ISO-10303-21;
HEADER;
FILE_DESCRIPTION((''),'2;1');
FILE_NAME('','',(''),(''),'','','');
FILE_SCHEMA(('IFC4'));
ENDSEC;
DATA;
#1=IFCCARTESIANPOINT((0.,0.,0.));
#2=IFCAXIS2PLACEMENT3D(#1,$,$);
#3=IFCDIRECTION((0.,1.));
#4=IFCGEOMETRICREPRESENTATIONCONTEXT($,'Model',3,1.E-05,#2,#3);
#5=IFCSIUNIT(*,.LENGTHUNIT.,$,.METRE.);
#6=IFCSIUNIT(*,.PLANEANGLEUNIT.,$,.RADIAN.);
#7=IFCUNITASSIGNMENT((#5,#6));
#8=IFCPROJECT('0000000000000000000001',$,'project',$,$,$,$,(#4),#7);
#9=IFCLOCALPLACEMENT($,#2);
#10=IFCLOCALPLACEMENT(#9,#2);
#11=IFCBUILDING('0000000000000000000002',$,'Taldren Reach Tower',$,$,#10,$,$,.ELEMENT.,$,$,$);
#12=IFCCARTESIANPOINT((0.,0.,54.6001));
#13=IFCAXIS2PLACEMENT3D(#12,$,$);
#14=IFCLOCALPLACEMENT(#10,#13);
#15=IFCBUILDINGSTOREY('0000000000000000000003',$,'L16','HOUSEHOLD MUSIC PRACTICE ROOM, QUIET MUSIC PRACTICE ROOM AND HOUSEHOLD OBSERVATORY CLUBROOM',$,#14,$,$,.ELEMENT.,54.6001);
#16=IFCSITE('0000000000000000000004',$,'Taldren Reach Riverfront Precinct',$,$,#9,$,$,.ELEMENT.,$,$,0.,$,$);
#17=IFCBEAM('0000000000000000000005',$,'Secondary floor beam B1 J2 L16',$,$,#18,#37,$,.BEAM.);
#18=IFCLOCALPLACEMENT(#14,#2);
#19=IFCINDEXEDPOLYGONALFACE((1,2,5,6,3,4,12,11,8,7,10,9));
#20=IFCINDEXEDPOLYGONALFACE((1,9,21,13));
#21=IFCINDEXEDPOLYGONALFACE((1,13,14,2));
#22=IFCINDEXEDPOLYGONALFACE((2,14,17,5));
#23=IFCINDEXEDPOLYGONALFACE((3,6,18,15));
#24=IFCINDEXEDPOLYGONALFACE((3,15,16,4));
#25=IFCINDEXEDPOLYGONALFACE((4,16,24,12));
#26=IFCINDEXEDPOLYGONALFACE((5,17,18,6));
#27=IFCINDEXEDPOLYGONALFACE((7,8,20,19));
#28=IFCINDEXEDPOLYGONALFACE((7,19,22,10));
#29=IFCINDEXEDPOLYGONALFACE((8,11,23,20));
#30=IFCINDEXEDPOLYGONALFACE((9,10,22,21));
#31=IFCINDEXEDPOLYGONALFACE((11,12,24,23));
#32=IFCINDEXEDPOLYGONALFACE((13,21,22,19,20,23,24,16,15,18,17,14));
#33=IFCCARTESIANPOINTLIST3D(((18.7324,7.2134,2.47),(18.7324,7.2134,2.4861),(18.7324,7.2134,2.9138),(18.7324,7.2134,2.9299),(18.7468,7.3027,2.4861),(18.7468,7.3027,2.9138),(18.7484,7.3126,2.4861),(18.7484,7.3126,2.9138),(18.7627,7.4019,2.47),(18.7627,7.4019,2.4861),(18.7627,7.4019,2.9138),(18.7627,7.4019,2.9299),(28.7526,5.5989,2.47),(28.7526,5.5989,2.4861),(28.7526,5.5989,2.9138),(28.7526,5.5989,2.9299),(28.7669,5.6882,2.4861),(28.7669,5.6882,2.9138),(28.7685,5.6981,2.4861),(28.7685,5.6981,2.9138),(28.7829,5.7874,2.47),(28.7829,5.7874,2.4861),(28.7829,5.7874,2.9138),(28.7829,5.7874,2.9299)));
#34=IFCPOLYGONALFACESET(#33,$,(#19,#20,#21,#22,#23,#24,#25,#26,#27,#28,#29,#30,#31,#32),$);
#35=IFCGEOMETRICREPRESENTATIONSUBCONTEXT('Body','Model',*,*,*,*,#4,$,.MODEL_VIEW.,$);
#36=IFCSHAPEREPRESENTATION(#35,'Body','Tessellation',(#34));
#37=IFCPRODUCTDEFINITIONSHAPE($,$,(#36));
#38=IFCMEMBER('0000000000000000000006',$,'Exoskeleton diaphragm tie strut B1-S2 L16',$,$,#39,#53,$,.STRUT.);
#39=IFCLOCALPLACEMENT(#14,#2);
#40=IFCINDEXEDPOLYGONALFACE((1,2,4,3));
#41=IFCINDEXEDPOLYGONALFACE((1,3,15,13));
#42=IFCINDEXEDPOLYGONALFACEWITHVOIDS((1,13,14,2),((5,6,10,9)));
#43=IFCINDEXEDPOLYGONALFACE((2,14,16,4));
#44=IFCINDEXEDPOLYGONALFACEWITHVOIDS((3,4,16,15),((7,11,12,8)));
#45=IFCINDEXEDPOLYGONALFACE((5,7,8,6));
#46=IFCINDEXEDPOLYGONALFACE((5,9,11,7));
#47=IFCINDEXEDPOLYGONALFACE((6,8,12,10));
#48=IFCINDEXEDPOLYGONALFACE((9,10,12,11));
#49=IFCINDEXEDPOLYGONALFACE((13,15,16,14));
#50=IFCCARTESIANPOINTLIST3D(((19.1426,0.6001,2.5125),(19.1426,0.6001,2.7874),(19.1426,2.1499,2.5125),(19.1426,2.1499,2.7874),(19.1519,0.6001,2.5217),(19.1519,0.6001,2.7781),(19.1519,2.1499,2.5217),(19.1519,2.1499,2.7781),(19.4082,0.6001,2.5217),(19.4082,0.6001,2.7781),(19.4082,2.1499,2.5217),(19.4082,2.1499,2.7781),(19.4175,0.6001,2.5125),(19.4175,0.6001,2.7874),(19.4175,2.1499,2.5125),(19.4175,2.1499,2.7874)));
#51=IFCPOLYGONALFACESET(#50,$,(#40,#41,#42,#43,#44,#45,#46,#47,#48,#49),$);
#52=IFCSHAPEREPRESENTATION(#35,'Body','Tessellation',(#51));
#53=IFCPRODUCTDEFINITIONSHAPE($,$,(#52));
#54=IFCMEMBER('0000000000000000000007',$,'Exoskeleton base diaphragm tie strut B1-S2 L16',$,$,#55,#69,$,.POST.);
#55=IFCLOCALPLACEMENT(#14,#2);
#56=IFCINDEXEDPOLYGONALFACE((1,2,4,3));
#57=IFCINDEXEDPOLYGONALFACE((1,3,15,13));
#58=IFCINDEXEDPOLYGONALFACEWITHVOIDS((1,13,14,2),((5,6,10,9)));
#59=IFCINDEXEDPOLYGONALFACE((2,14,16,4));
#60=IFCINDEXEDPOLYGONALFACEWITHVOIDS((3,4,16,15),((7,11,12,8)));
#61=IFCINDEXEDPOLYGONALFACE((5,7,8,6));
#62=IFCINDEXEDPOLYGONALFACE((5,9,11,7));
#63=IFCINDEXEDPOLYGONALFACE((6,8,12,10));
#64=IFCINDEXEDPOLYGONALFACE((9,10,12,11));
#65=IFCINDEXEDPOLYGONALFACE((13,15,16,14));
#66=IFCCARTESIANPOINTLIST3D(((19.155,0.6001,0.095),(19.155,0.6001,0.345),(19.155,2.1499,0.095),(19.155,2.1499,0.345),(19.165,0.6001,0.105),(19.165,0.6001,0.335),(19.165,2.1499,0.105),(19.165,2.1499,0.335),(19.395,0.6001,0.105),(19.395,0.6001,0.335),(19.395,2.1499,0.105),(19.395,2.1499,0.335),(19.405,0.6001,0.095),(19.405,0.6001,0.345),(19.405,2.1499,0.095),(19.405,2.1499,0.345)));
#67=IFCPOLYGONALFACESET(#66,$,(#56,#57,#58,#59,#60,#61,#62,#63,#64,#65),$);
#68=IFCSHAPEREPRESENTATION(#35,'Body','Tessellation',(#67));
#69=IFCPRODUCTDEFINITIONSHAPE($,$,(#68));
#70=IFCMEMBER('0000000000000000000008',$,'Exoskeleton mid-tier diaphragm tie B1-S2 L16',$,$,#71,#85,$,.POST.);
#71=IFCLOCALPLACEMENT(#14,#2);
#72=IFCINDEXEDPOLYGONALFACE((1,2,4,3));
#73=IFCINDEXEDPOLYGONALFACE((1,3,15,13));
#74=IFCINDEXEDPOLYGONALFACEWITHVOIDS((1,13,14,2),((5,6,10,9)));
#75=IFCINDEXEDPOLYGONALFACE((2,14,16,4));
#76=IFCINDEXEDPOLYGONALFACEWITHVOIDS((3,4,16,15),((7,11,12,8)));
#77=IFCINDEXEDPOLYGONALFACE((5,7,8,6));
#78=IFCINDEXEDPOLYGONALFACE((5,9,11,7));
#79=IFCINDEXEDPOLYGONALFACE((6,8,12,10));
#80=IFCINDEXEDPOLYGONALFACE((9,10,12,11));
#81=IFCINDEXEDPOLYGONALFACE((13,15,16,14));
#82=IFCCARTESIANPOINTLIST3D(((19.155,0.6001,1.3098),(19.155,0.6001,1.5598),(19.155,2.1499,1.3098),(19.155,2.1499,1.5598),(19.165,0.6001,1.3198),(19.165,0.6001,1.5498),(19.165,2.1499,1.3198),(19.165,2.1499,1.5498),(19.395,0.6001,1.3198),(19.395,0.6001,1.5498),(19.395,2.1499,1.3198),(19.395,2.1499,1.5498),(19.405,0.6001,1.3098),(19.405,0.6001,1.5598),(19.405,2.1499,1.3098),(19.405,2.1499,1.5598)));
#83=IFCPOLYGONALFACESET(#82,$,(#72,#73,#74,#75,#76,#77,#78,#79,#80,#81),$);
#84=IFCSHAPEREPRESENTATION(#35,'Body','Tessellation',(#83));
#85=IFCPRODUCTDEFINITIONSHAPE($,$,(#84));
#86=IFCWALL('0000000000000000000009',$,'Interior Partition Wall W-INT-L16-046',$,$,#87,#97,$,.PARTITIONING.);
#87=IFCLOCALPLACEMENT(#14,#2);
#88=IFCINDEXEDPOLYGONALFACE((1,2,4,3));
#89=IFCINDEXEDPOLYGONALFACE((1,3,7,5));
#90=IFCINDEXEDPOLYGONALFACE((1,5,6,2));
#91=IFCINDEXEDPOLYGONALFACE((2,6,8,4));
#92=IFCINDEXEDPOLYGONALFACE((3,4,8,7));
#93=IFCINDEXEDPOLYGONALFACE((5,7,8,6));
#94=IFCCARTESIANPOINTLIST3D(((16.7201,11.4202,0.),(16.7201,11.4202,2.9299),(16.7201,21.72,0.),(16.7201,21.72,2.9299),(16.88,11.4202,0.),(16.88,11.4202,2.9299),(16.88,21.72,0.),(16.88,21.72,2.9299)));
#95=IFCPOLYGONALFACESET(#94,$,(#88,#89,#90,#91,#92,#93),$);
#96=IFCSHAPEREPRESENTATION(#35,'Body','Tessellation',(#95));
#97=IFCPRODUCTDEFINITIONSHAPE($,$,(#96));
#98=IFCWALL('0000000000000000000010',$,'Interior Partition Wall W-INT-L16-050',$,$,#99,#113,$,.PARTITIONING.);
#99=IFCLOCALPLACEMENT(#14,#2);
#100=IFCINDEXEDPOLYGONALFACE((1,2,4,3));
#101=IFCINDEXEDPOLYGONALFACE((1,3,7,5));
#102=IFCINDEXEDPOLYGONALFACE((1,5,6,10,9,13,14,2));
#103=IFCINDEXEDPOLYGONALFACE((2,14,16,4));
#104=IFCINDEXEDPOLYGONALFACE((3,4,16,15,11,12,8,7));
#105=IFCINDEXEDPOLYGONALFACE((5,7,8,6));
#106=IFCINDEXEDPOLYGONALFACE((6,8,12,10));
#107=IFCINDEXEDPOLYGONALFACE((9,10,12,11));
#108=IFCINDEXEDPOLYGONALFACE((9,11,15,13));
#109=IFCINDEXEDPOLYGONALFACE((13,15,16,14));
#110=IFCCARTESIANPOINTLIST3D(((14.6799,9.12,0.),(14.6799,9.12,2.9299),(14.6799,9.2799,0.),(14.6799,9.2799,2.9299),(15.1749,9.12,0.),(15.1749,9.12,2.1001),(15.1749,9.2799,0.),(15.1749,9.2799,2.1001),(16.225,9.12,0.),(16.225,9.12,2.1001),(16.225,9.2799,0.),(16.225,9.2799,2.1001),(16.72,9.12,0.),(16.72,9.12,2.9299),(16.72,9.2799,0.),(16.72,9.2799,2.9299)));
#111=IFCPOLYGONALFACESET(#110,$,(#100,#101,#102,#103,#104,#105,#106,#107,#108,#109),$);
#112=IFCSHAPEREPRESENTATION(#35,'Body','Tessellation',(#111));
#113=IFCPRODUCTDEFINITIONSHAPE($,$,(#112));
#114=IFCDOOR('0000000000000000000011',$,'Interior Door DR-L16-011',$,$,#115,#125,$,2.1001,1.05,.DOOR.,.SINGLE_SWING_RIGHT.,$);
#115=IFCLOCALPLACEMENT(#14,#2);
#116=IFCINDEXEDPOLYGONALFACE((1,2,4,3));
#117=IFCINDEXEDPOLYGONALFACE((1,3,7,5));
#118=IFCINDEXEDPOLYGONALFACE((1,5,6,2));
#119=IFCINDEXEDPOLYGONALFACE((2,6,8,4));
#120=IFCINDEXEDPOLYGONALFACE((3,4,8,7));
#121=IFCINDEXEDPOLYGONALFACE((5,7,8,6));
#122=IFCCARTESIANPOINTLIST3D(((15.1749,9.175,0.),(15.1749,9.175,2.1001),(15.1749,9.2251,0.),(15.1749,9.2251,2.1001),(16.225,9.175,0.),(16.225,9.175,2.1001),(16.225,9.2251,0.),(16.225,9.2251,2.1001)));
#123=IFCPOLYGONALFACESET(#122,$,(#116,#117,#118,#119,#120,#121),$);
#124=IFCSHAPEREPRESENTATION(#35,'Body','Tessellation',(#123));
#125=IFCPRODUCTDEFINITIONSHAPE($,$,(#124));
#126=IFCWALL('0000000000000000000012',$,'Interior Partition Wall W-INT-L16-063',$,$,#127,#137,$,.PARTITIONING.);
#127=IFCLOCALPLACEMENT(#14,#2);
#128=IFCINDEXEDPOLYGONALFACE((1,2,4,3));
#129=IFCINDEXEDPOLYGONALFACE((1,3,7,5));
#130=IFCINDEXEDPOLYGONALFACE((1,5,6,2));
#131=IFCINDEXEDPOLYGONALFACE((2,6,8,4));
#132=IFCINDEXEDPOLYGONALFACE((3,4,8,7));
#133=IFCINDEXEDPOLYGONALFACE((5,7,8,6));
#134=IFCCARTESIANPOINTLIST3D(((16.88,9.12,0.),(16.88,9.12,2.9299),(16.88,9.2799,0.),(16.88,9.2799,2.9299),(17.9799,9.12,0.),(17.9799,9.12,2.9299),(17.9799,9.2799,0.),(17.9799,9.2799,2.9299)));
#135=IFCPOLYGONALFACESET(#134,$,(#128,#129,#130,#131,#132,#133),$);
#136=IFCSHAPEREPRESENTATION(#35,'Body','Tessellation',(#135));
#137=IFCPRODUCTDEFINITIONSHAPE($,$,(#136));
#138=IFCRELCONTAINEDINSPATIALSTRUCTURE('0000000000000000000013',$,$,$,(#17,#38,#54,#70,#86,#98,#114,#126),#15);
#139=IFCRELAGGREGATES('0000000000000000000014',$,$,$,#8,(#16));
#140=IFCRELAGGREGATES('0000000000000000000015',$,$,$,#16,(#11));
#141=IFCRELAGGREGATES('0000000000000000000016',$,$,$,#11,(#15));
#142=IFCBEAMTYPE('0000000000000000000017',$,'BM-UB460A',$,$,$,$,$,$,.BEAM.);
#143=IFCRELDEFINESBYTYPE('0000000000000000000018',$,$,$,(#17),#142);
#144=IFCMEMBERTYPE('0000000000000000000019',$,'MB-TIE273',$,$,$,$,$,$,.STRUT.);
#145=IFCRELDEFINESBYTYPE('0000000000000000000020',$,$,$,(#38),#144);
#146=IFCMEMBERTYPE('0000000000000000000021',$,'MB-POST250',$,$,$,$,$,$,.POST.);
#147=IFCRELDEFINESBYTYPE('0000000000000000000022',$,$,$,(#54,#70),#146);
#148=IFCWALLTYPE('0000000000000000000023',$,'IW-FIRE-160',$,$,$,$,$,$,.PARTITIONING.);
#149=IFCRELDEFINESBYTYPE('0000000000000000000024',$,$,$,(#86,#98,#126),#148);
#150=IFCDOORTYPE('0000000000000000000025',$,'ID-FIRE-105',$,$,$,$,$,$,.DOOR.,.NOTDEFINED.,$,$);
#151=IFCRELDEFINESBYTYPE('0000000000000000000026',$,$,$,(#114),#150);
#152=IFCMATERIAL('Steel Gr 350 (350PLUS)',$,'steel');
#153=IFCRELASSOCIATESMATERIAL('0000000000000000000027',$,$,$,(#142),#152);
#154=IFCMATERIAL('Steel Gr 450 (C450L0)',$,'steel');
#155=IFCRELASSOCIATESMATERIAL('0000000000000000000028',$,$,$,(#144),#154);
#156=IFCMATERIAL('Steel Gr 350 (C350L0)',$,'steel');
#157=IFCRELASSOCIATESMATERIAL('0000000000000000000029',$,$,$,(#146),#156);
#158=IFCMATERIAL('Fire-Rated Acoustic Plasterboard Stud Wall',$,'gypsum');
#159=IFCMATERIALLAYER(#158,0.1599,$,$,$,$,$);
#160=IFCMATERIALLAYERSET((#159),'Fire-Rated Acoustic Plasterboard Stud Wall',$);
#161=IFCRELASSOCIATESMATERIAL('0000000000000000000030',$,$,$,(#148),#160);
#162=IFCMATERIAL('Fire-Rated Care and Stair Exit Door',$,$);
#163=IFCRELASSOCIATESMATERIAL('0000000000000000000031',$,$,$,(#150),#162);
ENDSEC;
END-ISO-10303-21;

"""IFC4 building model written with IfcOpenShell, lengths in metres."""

from ifc_helpers import new_model, si_unit, direction, frame, frame_2d, origin, origin_2d, place, context, subcontext, project, spatial, rectangle, hollow_rectangle, i_section, extrude, source, transform, mapped, material, layer, layer_set, material_profile, profile_set, type_object, element, fill, save


model = new_model("IFC4")

# Units and contexts
model_context = context("Model", 3, precision=1e-05, world=origin(), true_north=direction((0.0, 1.0)))
body_context = subcontext(model_context, "Body", "Model", "MODEL_VIEW")
ifc_project = project(units=[si_unit("LENGTHUNIT", "METRE"), si_unit("PLANEANGLEUNIT", "RADIAN")], contexts=[model_context])

# Site, building, storey
site_placement = place(None, origin())
site = spatial("IfcSite", under=ifc_project, at=site_placement, Name="Taldren Reach Riverfront Precinct", CompositionType="ELEMENT", RefElevation=0.0)
building_placement = place(site_placement, origin())
building = spatial("IfcBuilding", under=site, at=building_placement, Name="Taldren Reach Tower", CompositionType="ELEMENT")
storey_placement = place(building_placement, frame((0.0, 0.0, 54.6001)))
storey = spatial("IfcBuildingStorey", under=building, at=storey_placement, Name="L16", Description="HOUSEHOLD MUSIC PRACTICE ROOM, QUIET MUSIC PRACTICE ROOM AND HOUSEHOLD OBSERVATORY CLUBROOM", CompositionType="ELEMENT", Elevation=54.6001)

# Shared definitions
ifc_material_1 = material(Name="Steel Gr 350 (350PLUS)", Category="steel")

# Beam
ifc_material_profile_1 = material_profile(ifc_material_1, i_section(OverallWidth=0.1909, OverallDepth=0.46, WebThickness=0.01, FlangeThickness=0.0161, at=origin_2d()), Name="460UB82.1")
ifc_profile_set_1 = profile_set([ifc_material_profile_1], Name="Steel Gr 350 (350PLUS)")
beam_type_1 = type_object("IfcBeamType", Name="BM-UB460A", PredefinedType="BEAM", material=ifc_profile_set_1)
shared_shape_1 = source(origin(), body_context, "Body", "SweptSolid", [
    extrude(i_section(OverallWidth=0.1909, OverallDepth=0.46, WebThickness=0.01, FlangeThickness=0.0161, at=origin_2d()), origin(), (0.0, 0.0, 1.0), 10.1494),
])
beam_1_placement = place(storey_placement, frame((18.7476, 7.3076, 2.7), z_axis=(0.987267, -0.159072, 0.0), x_axis=(0.159072, 0.987267, 0.0)))
element("IfcBeam", 1, at=beam_1_placement, inside=storey, type_object=beam_type_1, Name="Secondary floor beam B1 J2 L16", PredefinedType="BEAM", context=body_context, shape_type="MappedRepresentation", body=[
    mapped(shared_shape_1, transform((0.0, 0.0, 0.0), scale=1.0)),
])

# Members
ifc_material_2 = material(Name="Steel Gr 450 (C450L0)", Category="steel")
ifc_material_profile_2 = material_profile(ifc_material_2, hollow_rectangle(XDim=0.2749, YDim=0.2749, WallThickness=0.0093, at=origin_2d()), Name="275x275x9.3SHS")
ifc_profile_set_2 = profile_set([ifc_material_profile_2], Name="Steel Gr 450 (C450L0)")
member_type_1 = type_object("IfcMemberType", Name="MB-TIE273", PredefinedType="STRUT", material=ifc_profile_set_2)
shared_shape_2 = source(origin(), body_context, "Body", "SweptSolid", [
    extrude(hollow_rectangle(XDim=0.2749, YDim=0.2749, WallThickness=0.0093, at=origin_2d()), origin(), (0.0, 0.0, 1.0), 1.5498),
])
member_placement = place(storey_placement, frame((19.28, 2.1499, 2.6499), z_axis=(0.0, -1.0, 0.0), x_axis=(1.0, 0.0, 0.0)))
element("IfcMember", 2, at=member_placement, inside=storey, type_object=member_type_1, Name="Exoskeleton diaphragm tie strut B1-S2 L16", PredefinedType="STRUT", context=body_context, shape_type="MappedRepresentation", body=[
    mapped(shared_shape_2, transform((0.0, 0.0, 0.0), scale=1.0)),
])
ifc_material_3 = material(Name="Steel Gr 350 (C350L0)", Category="steel")
ifc_material_profile_3 = material_profile(ifc_material_3, hollow_rectangle(XDim=0.25, YDim=0.25, WallThickness=0.01, at=origin_2d()), Name="250x250x10.0SHS")
ifc_profile_set_3 = profile_set([ifc_material_profile_3], Name="Steel Gr 350 (C350L0)")
member_type_2 = type_object("IfcMemberType", Name="MB-POST250", PredefinedType="POST", material=ifc_profile_set_3)
shared_shape_3 = source(origin(), body_context, "Body", "SweptSolid", [
    extrude(hollow_rectangle(XDim=0.25, YDim=0.25, WallThickness=0.01, at=origin_2d()), origin(), (0.0, 0.0, 1.0), 1.5498),
])
for number, where, z_axis, x_axis, name in (
    (3, (19.28, 2.1499, 0.22), (0.0, -1.0, 0.0), (1.0, 0.0, 0.0), "Exoskeleton base diaphragm tie strut B1-S2 L16"),
    (4, (19.28, 2.1499, 1.4348), (0.0, -1.0, 0.0), (1.0, 0.0, 0.0), "Exoskeleton mid-tier diaphragm tie B1-S2 L16"),
):
    element("IfcMember", number, at=place(storey_placement, frame(where, z_axis=z_axis, x_axis=x_axis)), inside=storey, type_object=member_type_2, Name=name, PredefinedType="POST", context=body_context, shape_type="MappedRepresentation", body=[
        mapped(shared_shape_3, transform((0.0, 0.0, 0.0), scale=1.0)),
    ])

# Wall
ifc_material_4 = material(Name="Fire-Rated Acoustic Plasterboard Stud Wall", Category="gypsum")
ifc_layer_1 = layer(ifc_material_4, 0.1599)
ifc_layer_set_1 = layer_set([ifc_layer_1], Name="Fire-Rated Acoustic Plasterboard Stud Wall")
wall_type_1 = type_object("IfcWallType", Name="IW-FIRE-160", PredefinedType="PARTITIONING", material=ifc_layer_set_1)
shared_shape_4 = source(origin(), body_context, "Body", "SweptSolid", [
    extrude(rectangle(XDim=10.2998, YDim=0.1599, at=frame_2d((5.1499, 0.0))), origin(), (0.0, 0.0, 1.0), 2.9299),
])
wall_1_placement = place(storey_placement, frame((16.8, 21.72, 0.0), z_axis=(0.0, 0.0, 1.0), x_axis=(0.0, -1.0, 0.0)))
element("IfcWall", 5, at=wall_1_placement, inside=storey, type_object=wall_type_1, Name="Interior Partition Wall W-INT-L16-046", PredefinedType="PARTITIONING", context=body_context, shape_type="MappedRepresentation", body=[
    mapped(shared_shape_4, transform((0.0, 0.0, 0.0), scale=1.0)),
])

# Wall, opening, door
shared_shape_5 = source(origin(), body_context, "Body", "SweptSolid", [
    extrude(rectangle(XDim=2.04, YDim=0.1599, at=frame_2d((1.02, 0.0))), origin(), (0.0, 0.0, 1.0), 2.9299),
])
wall_2_placement = place(storey_placement, frame((16.72, 9.2, 0.0), z_axis=(0.0, 0.0, 1.0), x_axis=(-1.0, 0.0, 0.0)))
wall_2 = element("IfcWall", 6, at=wall_2_placement, inside=storey, type_object=wall_type_1, Name="Interior Partition Wall W-INT-L16-050", PredefinedType="PARTITIONING", context=body_context, shape_type="MappedRepresentation", body=[
    mapped(shared_shape_5, transform((0.0, 0.0, 0.0), scale=1.0)),
])
shared_shape_6 = source(origin(), body_context, "Body", "SweptSolid", [
    extrude(rectangle(XDim=1.05, YDim=2.1001, at=frame_2d((0.5249, 1.05))), frame((0.0, 0.0898, 0.0), z_axis=(0.0, -1.0, 0.0), x_axis=(1.0, 0.0, 0.0)), (0.0, 0.0, 1.0), 0.1799),
])
opening_1_placement = place(wall_2_placement, frame((0.4951, 0.0, 0.0)))
opening_1 = element("IfcOpeningElement", 7, at=opening_1_placement, cuts=wall_2, PredefinedType="OPENING", context=body_context, shape_type="MappedRepresentation", body=[
    mapped(shared_shape_6, transform((0.0, 0.0, 0.0), scale=1.0)),
])
ifc_material_5 = material(Name="Fire-Rated Care and Stair Exit Door")
door_type_1 = type_object("IfcDoorType", Name="ID-FIRE-105", OperationType="NOTDEFINED", PredefinedType="DOOR", material=ifc_material_5)
shared_shape_7 = source(origin(), body_context, "Body", "SweptSolid", [
    extrude(rectangle(XDim=1.05, YDim=2.1001, at=frame_2d((0.5249, 1.05))), frame((0.0, 0.0249, 0.0), z_axis=(0.0, -1.0, 0.0), x_axis=(1.0, 0.0, 0.0)), (0.0, 0.0, 1.0), 0.05),
])
door_1_placement = place(opening_1_placement, origin())
door_1 = element("IfcDoor", 8, at=door_1_placement, inside=storey, type_object=door_type_1, Name="Interior Door DR-L16-011", OperationType="SINGLE_SWING_RIGHT", OverallHeight=2.1001, OverallWidth=1.05, PredefinedType="DOOR", context=body_context, shape_type="MappedRepresentation", body=[
    mapped(shared_shape_7, transform((0.0, 0.0, 0.0), scale=1.0)),
])
fill(opening_1, door_1)

# Wall
shared_shape_8 = source(origin(), body_context, "Body", "SweptSolid", [
    extrude(rectangle(XDim=1.0999, YDim=0.1599, at=frame_2d((0.5498, 0.0))), origin(), (0.0, 0.0, 1.0), 2.9299),
])
wall_3_placement = place(storey_placement, frame((17.9797, 9.2, 0.0), z_axis=(0.0, 0.0, 1.0), x_axis=(-1.0, 0.0, 0.0)))
element("IfcWall", 9, at=wall_3_placement, inside=storey, type_object=wall_type_1, Name="Interior Partition Wall W-INT-L16-063", PredefinedType="PARTITIONING", context=body_context, shape_type="MappedRepresentation", body=[
    mapped(shared_shape_8, transform((0.0, 0.0, 0.0), scale=1.0)),
])

save(model, "model.ifc")
